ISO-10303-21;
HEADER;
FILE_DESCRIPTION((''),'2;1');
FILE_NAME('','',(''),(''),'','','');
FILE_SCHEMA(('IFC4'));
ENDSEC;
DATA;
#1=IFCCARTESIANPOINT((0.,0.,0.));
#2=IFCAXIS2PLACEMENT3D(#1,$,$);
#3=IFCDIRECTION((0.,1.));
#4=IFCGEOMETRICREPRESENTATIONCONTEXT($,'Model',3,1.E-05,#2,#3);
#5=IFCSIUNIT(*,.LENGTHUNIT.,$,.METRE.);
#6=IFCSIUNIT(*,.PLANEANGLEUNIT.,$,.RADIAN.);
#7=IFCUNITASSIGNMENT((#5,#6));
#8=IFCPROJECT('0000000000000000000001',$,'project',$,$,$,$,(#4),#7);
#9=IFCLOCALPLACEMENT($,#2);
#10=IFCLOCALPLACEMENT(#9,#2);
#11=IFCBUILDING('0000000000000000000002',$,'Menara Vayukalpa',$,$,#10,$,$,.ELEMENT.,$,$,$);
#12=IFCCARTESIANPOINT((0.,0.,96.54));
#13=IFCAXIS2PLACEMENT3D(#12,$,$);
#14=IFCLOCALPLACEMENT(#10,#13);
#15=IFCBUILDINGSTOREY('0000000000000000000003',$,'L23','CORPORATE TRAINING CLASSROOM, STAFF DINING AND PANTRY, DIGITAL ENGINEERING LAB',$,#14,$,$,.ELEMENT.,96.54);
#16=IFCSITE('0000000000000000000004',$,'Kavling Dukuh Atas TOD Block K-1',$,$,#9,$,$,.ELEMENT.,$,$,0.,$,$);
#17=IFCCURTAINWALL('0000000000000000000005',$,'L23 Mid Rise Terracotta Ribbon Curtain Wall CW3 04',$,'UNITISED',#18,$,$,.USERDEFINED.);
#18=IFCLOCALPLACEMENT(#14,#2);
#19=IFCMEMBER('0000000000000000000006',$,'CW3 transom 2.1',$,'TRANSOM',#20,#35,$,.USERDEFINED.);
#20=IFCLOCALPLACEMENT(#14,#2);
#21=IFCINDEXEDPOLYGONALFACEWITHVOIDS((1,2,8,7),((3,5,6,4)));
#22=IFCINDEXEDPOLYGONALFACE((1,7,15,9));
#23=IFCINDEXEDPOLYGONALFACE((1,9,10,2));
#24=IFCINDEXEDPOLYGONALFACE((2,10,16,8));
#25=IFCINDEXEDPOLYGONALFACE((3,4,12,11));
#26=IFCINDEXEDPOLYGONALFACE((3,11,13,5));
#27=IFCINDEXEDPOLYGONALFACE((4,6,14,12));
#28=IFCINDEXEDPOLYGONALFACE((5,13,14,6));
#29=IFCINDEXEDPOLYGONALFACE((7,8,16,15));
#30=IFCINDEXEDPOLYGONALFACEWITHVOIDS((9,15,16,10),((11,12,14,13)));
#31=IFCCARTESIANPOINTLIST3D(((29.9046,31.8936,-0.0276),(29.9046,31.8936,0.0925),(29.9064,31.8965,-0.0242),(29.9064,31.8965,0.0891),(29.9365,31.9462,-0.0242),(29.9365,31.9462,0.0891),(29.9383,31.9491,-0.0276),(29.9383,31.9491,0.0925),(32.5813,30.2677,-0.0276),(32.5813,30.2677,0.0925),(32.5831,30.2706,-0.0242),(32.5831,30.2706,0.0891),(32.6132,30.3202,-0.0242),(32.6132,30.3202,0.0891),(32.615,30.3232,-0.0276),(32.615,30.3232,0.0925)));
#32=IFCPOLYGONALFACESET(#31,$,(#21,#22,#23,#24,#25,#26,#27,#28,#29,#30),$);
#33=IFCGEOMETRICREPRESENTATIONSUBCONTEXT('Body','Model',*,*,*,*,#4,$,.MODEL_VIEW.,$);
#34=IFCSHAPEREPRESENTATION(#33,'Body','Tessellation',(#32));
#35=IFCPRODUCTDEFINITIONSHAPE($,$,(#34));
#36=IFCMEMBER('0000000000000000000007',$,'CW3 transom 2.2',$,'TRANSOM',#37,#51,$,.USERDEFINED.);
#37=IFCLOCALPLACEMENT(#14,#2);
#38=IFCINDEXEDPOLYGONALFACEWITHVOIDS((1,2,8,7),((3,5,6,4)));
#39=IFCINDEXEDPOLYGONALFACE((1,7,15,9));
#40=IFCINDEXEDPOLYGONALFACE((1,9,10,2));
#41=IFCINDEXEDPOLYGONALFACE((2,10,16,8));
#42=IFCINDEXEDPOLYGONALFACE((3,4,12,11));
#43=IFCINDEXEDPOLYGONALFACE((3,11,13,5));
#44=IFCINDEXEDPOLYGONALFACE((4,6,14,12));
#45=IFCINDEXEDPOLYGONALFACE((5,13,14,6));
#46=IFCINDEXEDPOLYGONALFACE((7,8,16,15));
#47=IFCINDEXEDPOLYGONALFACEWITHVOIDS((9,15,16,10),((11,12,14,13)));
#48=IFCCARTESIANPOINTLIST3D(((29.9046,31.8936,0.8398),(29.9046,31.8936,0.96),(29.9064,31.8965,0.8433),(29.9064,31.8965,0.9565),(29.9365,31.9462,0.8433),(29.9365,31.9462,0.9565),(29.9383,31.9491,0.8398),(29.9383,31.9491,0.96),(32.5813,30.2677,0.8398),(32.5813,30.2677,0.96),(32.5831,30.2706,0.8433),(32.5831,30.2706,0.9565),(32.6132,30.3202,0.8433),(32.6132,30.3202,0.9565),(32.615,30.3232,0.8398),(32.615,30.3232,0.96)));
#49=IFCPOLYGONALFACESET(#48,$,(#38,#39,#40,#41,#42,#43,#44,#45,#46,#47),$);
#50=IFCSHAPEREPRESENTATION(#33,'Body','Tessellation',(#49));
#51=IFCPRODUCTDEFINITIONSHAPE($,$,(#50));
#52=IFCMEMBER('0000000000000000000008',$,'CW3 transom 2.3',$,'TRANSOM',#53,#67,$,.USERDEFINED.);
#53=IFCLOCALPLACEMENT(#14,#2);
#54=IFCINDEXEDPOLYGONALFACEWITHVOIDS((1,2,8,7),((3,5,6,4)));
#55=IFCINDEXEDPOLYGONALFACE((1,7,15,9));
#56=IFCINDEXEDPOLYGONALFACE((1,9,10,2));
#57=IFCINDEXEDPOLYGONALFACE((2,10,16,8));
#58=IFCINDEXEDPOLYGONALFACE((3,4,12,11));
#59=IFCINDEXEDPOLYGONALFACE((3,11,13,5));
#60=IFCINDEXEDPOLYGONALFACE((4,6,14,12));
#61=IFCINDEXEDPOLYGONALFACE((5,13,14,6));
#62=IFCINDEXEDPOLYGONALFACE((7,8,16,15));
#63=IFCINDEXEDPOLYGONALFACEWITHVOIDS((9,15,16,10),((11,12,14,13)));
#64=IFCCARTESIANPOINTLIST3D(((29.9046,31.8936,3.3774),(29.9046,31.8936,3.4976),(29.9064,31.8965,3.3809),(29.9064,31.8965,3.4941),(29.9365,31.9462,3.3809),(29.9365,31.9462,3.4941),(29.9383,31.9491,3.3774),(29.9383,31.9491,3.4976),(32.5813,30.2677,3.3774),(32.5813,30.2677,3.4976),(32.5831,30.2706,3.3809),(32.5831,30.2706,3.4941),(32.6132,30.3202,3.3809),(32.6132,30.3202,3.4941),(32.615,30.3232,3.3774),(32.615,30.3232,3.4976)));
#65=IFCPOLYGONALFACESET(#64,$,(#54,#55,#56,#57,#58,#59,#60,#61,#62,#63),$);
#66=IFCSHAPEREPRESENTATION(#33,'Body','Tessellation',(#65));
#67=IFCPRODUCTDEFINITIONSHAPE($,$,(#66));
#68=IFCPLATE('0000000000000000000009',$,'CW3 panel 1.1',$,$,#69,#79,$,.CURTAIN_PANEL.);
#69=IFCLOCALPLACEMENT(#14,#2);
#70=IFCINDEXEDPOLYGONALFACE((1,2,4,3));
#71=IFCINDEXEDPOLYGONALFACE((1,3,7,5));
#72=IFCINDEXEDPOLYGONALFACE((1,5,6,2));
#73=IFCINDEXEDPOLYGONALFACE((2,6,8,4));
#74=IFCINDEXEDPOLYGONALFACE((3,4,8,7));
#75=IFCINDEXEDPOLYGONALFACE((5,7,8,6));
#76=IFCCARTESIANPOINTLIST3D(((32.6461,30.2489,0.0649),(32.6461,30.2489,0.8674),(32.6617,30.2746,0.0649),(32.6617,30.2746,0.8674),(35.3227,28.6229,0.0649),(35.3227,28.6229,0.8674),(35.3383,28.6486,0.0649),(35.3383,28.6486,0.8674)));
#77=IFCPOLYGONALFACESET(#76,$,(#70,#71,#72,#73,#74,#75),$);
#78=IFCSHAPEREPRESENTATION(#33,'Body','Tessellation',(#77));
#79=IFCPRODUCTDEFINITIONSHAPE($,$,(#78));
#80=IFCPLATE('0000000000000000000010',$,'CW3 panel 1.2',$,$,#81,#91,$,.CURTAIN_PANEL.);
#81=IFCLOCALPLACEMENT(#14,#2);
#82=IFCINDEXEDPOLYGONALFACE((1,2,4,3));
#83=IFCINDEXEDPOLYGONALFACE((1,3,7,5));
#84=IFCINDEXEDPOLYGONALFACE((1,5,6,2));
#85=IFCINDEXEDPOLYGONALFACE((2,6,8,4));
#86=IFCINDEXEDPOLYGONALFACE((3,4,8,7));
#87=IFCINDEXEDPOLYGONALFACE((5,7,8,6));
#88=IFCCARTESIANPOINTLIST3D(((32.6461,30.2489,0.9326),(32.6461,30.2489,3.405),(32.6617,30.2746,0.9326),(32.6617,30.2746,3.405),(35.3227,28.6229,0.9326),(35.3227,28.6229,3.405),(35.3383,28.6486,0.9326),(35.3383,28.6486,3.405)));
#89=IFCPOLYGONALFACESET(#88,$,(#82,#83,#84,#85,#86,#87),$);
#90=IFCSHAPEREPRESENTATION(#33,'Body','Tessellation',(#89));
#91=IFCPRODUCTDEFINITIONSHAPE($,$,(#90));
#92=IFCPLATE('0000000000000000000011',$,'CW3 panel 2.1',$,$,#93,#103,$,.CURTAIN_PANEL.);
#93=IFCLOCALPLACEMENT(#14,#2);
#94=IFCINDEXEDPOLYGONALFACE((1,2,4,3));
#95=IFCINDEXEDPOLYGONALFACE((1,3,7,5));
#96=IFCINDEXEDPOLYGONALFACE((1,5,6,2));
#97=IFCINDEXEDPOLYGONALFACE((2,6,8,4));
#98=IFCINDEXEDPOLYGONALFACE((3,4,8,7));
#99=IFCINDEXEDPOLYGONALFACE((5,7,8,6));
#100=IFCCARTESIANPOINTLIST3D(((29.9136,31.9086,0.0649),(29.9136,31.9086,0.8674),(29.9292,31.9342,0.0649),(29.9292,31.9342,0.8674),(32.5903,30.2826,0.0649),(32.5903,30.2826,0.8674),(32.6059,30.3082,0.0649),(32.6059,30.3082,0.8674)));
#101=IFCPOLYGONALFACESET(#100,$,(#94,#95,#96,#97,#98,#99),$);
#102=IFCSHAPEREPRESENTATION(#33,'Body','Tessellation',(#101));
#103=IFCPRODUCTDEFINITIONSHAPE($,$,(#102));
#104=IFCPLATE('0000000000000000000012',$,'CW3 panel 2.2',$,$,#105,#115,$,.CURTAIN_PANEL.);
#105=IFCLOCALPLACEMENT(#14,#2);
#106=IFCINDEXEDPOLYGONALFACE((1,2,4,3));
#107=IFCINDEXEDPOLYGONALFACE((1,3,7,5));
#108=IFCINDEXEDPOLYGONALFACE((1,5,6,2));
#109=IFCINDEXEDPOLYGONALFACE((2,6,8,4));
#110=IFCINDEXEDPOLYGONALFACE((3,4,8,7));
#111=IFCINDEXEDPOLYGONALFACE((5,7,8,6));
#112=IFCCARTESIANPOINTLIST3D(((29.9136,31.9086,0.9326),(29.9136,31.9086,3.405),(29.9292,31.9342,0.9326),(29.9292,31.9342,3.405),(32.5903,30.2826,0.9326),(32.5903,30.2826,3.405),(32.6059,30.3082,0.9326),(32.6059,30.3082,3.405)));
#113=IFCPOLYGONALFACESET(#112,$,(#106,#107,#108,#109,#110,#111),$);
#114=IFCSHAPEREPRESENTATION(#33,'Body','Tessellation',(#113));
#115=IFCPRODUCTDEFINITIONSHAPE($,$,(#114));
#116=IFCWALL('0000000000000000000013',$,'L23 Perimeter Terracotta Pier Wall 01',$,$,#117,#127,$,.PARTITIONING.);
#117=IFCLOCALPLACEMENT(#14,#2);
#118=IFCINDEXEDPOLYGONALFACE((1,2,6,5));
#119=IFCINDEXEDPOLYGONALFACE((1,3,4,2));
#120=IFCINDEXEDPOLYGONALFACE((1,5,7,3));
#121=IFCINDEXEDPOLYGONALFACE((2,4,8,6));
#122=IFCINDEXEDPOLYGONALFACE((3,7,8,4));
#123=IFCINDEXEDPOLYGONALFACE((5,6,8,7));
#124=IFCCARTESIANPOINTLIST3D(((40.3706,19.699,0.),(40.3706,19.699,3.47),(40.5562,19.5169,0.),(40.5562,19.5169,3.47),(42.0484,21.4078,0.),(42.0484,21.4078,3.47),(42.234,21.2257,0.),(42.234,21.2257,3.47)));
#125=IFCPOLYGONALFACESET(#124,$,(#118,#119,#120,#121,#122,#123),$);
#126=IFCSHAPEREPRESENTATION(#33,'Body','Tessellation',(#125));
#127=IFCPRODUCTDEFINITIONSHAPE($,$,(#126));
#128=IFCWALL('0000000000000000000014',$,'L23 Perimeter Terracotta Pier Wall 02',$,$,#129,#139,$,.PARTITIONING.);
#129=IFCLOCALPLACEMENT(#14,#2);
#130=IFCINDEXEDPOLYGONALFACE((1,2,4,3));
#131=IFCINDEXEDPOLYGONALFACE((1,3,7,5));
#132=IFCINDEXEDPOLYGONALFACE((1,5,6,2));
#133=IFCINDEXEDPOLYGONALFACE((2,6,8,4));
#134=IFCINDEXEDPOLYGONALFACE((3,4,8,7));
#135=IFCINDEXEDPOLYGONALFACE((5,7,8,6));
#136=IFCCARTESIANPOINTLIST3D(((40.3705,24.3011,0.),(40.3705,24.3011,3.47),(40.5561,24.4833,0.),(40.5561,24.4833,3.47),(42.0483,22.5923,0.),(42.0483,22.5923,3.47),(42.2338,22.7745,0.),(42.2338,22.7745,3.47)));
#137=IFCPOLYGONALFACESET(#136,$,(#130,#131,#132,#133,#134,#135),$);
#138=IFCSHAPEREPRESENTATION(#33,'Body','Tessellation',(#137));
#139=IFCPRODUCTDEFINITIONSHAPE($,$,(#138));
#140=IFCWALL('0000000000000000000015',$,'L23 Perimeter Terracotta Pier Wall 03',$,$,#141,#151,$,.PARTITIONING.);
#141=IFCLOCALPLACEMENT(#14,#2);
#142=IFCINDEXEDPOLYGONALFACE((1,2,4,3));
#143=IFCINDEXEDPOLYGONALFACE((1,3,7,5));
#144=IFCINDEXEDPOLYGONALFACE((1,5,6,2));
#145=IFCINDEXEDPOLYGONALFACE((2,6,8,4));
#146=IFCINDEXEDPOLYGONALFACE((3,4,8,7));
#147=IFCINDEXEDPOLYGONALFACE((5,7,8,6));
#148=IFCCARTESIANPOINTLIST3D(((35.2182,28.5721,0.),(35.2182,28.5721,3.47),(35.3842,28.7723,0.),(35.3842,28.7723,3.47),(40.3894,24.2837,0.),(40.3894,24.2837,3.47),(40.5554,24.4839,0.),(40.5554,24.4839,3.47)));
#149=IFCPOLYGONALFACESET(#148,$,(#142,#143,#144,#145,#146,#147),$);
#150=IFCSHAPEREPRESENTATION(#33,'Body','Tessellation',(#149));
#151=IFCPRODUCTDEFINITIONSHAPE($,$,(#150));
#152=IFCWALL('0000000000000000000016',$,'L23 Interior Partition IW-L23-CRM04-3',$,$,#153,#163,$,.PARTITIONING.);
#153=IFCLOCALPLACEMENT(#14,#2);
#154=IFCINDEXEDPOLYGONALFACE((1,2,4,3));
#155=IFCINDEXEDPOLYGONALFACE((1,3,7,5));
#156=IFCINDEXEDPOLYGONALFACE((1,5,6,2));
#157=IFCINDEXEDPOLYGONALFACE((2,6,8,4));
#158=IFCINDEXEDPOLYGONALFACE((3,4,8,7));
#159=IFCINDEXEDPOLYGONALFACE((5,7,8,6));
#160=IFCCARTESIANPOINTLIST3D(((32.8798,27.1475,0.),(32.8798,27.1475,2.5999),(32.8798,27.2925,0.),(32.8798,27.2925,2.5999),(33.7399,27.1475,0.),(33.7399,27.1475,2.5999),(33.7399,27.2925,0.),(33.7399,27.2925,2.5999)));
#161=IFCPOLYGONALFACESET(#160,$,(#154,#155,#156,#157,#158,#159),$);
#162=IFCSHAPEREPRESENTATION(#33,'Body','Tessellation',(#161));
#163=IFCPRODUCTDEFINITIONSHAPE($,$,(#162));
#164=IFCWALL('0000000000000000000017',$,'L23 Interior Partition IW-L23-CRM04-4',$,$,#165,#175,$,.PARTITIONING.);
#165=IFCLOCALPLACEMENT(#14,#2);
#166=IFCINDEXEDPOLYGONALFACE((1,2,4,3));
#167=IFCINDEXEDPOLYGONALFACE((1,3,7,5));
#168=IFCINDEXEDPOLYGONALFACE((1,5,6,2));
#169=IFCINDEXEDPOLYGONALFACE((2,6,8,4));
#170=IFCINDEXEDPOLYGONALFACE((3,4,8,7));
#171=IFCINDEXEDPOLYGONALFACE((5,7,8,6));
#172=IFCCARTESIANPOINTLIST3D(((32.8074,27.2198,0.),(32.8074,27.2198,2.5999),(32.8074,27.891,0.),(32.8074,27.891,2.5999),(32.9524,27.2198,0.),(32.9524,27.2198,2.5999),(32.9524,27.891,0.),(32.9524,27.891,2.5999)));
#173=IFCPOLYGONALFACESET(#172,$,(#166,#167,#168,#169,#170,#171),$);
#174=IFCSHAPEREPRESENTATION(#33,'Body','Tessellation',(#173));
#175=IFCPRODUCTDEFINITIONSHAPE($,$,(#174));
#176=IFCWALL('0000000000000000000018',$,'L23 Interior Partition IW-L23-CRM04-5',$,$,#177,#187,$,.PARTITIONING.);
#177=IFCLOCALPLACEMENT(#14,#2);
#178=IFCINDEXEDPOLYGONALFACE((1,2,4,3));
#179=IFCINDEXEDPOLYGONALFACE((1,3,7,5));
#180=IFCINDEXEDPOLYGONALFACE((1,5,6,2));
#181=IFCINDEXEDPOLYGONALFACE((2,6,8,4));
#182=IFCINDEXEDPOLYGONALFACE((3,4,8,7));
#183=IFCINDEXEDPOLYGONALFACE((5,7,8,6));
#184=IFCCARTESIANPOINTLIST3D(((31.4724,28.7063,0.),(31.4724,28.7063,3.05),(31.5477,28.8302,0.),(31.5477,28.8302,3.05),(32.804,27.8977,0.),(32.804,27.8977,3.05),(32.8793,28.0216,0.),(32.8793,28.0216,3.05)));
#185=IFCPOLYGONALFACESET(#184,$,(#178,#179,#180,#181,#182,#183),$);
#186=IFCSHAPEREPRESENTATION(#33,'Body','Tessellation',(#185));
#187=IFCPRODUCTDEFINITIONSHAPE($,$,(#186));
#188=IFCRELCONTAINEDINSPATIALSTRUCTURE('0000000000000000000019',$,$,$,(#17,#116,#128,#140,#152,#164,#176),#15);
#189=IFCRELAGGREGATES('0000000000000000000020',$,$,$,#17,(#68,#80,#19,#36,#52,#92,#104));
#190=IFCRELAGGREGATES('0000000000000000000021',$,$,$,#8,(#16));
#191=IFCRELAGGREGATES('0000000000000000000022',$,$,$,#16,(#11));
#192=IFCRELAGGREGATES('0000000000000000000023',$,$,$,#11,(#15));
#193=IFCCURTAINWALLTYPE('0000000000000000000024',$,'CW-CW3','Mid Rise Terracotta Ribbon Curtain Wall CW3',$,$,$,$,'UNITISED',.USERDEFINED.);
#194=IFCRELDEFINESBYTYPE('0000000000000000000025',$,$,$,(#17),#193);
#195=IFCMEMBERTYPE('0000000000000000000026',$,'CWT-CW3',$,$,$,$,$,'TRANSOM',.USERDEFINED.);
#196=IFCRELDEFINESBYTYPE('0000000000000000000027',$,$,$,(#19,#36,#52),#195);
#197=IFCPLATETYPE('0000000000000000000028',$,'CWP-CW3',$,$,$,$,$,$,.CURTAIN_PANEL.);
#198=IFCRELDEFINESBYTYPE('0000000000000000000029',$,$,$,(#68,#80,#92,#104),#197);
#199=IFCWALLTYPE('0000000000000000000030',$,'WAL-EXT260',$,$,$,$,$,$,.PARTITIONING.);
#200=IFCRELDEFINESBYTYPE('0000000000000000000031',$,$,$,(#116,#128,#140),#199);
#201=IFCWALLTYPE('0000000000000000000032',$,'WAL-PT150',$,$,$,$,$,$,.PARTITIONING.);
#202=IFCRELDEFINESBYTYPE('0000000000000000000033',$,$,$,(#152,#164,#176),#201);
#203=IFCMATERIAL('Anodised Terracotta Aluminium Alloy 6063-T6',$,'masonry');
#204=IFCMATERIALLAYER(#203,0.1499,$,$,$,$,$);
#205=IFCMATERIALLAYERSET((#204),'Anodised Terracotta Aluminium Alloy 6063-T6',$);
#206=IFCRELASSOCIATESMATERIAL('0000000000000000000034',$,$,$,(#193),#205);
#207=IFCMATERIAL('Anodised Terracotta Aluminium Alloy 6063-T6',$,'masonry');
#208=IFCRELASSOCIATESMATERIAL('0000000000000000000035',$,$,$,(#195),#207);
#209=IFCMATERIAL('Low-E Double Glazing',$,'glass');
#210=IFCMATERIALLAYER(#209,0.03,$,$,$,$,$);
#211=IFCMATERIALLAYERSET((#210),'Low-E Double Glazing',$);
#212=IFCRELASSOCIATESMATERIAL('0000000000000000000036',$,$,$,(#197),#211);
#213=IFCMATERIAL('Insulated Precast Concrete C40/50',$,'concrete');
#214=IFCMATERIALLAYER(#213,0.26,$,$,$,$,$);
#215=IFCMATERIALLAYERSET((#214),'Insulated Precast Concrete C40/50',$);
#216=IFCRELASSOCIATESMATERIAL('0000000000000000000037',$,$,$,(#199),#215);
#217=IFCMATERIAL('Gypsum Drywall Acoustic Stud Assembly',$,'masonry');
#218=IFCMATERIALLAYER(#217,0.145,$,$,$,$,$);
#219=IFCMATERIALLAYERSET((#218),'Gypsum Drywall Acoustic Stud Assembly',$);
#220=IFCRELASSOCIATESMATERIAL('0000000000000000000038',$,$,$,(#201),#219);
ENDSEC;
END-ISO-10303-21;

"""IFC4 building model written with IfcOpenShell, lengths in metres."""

from ifc_helpers import new_model, si_unit, direction, frame, frame_2d, origin, origin_2d, place, context, subcontext, project, spatial, rectangle, hollow_rectangle, extrude, material, layer, layer_set, material_profile, profile_set, type_object, element, aggregate, save


model = new_model("IFC4")

# Units and contexts
model_context = context("Model", 3, precision=1e-05, world=origin(), true_north=direction((0.0, 1.0)))
body_context = subcontext(model_context, "Body", "Model", "MODEL_VIEW")
ifc_project = project(units=[si_unit("LENGTHUNIT", "METRE"), si_unit("PLANEANGLEUNIT", "RADIAN")], contexts=[model_context])

# Site, building, storey
site_placement = place(None, origin())
site = spatial("IfcSite", under=ifc_project, at=site_placement, Name="Kavling Dukuh Atas TOD Block K-1", CompositionType="ELEMENT", RefElevation=0.0)
building_placement = place(site_placement, origin())
building = spatial("IfcBuilding", under=site, at=building_placement, Name="Menara Vayukalpa", CompositionType="ELEMENT")
storey_placement = place(building_placement, frame((0.0, 0.0, 96.54)))
storey = spatial("IfcBuildingStorey", under=building, at=storey_placement, Name="L23", Description="CORPORATE TRAINING CLASSROOM, STAFF DINING AND PANTRY, DIGITAL ENGINEERING LAB", CompositionType="ELEMENT", Elevation=96.54)

# Curtain wall, members, plates
ifc_material_1 = material(Name="Anodised Terracotta Aluminium Alloy 6063-T6", Category="masonry")
ifc_layer_1 = layer(ifc_material_1, 0.1499)
ifc_layer_set_1 = layer_set([ifc_layer_1], Name="Anodised Terracotta Aluminium Alloy 6063-T6")
curtain_wall_type = type_object("IfcCurtainWallType", Name="CW-CW3", Description="Mid Rise Terracotta Ribbon Curtain Wall CW3", ElementType="UNITISED", PredefinedType="USERDEFINED", material=ifc_layer_set_1)
curtain_wall_placement = place(storey_placement, origin())
curtain_wall = element("IfcCurtainWall", 1, at=curtain_wall_placement, inside=storey, type_object=curtain_wall_type, Name="L23 Mid Rise Terracotta Ribbon Curtain Wall CW3 04", ObjectType="UNITISED", PredefinedType="USERDEFINED")
ifc_material_2 = material(Name="Anodised Terracotta Aluminium Alloy 6063-T6", Category="masonry")
ifc_material_profile_1 = material_profile(ifc_material_2, hollow_rectangle(XDim=0.0649, YDim=0.1201, WallThickness=0.0034, at=origin_2d()), Name="ALU 65x120x3.5")
ifc_profile_set_1 = profile_set([ifc_material_profile_1], Name="Anodised Terracotta Aluminium Alloy 6063-T6")
member_type_1 = type_object("IfcMemberType", Name="CWT-CW3", ElementType="TRANSOM", PredefinedType="USERDEFINED", material=ifc_profile_set_1)
member_1_placement = place(storey_placement, frame((32.5981, 30.2954, 0.0325), z_axis=(-0.854674, 0.519165, 0.0), x_axis=(-0.519165, -0.854674, 0.0)))
member_1 = element("IfcMember", 2, at=member_1_placement, type_object=member_type_1, Name="CW3 transom 2.1", ObjectType="TRANSOM", PredefinedType="USERDEFINED", context=body_context, shape_type="SweptSolid", body=[
    extrude(hollow_rectangle(XDim=0.0649, YDim=0.1201, WallThickness=0.0034, at=origin_2d()), origin(), (0.0, 0.0, 1.0), 3.1318),
])
member_2_placement = place(storey_placement, frame((32.5981, 30.2954, 0.8999), z_axis=(-0.854674, 0.519165, 0.0), x_axis=(-0.519165, -0.854674, 0.0)))
member_2 = element("IfcMember", 3, at=member_2_placement, type_object=member_type_1, Name="CW3 transom 2.2", ObjectType="TRANSOM", PredefinedType="USERDEFINED", context=body_context, shape_type="SweptSolid", body=[
    extrude(hollow_rectangle(XDim=0.0649, YDim=0.1201, WallThickness=0.0034, at=origin_2d()), origin(), (0.0, 0.0, 1.0), 3.1318),
])
member_3_placement = place(storey_placement, frame((32.5981, 30.2954, 3.4375), z_axis=(-0.854674, 0.519165, 0.0), x_axis=(-0.519165, -0.854674, 0.0)))
member_3 = element("IfcMember", 4, at=member_3_placement, type_object=member_type_1, Name="CW3 transom 2.3", ObjectType="TRANSOM", PredefinedType="USERDEFINED", context=body_context, shape_type="SweptSolid", body=[
    extrude(hollow_rectangle(XDim=0.0649, YDim=0.1201, WallThickness=0.0034, at=origin_2d()), origin(), (0.0, 0.0, 1.0), 3.1318),
])
ifc_material_3 = material(Name="Low-E Double Glazing", Category="glass")
ifc_layer_2 = layer(ifc_material_3, 0.03)
ifc_layer_set_2 = layer_set([ifc_layer_2], Name="Low-E Double Glazing")
plate_type = type_object("IfcPlateType", Name="CWP-CW3", PredefinedType="CURTAIN_PANEL", material=ifc_layer_set_2)
plate_1_placement = place(storey_placement, frame((33.9922, 29.4487, 0.0649), z_axis=(0.0, 0.0, 1.0), x_axis=(-0.854663, 0.519183, 0.0)))
plate_1 = element("IfcPlate", 5, at=plate_1_placement, type_object=plate_type, Name="CW3 panel 1.1", PredefinedType="CURTAIN_PANEL", context=body_context, shape_type="SweptSolid", body=[
    extrude(rectangle(XDim=3.1318, YDim=0.03, at=origin_2d()), origin(), (0.0, 0.0, 1.0), 0.8025),
])
plate_2_placement = place(storey_placement, frame((33.9922, 29.4487, 0.9326), z_axis=(0.0, 0.0, 1.0), x_axis=(-0.854663, 0.519183, 0.0)))
plate_2 = element("IfcPlate", 6, at=plate_2_placement, type_object=plate_type, Name="CW3 panel 1.2", PredefinedType="CURTAIN_PANEL", context=body_context, shape_type="SweptSolid", body=[
    extrude(rectangle(XDim=3.1318, YDim=0.03, at=origin_2d()), origin(), (0.0, 0.0, 1.0), 2.4724),
])
plate_3_placement = place(storey_placement, frame((31.2598, 31.1084, 0.0649), z_axis=(0.0, 0.0, 1.0), x_axis=(-0.854663, 0.519183, 0.0)))
plate_3 = element("IfcPlate", 7, at=plate_3_placement, type_object=plate_type, Name="CW3 panel 2.1", PredefinedType="CURTAIN_PANEL", context=body_context, shape_type="SweptSolid", body=[
    extrude(rectangle(XDim=3.1318, YDim=0.03, at=origin_2d()), origin(), (0.0, 0.0, 1.0), 0.8025),
])
plate_4_placement = place(storey_placement, frame((31.2598, 31.1084, 0.9326), z_axis=(0.0, 0.0, 1.0), x_axis=(-0.854663, 0.519183, 0.0)))
plate_4 = element("IfcPlate", 8, at=plate_4_placement, type_object=plate_type, Name="CW3 panel 2.2", PredefinedType="CURTAIN_PANEL", context=body_context, shape_type="SweptSolid", body=[
    extrude(rectangle(XDim=3.1318, YDim=0.03, at=origin_2d()), origin(), (0.0, 0.0, 1.0), 2.4724),
])
aggregate(curtain_wall, [plate_1, plate_2, member_1, member_2, member_3, plate_3, plate_4])

# Walls
ifc_material_4 = material(Name="Insulated Precast Concrete C40/50", Category="concrete")
ifc_layer_3 = layer(ifc_material_4, 0.26)
ifc_layer_set_3 = layer_set([ifc_layer_3], Name="Insulated Precast Concrete C40/50")
wall_type_1 = type_object("IfcWallType", Name="WAL-EXT260", PredefinedType="PARTITIONING", material=ifc_layer_set_3)
for number, where, z_axis, x_axis, name in (
    (9, (42.1411, 21.3167, 0.0), (0.0, 0.0, 1.0), (-0.700603, -0.713551, 0.0), "L23 Perimeter Terracotta Pier Wall 01"),
    (10, (40.4634, 24.3921, 0.0), (0.0, 0.0, 1.0), (0.700603, -0.713551, 0.0), "L23 Perimeter Terracotta Pier Wall 02"),
):
    element("IfcWall", number, at=place(storey_placement, frame(where, z_axis=z_axis, x_axis=x_axis)), inside=storey, type_object=wall_type_1, Name=name, PredefinedType="PARTITIONING", context=body_context, shape_type="SweptSolid", body=[
        extrude(rectangle(XDim=2.3948, YDim=0.26, at=frame_2d((1.1973, 0.0))), origin(), (0.0, 0.0, 1.0), 3.47),
    ])
wall_1_placement = place(storey_placement, frame((35.3013, 28.6721, 0.0), z_axis=(0.0, 0.0, 1.0), x_axis=(0.769753, -0.638342, 0.0)))
element("IfcWall", 11, at=wall_1_placement, inside=storey, type_object=wall_type_1, Name="L23 Perimeter Terracotta Pier Wall 03", PredefinedType="PARTITIONING", context=body_context, shape_type="SweptSolid", body=[
    extrude(rectangle(XDim=6.718, YDim=0.26, at=frame_2d((3.3589, 0.0))), origin(), (0.0, 0.0, 1.0), 3.47),
])
ifc_material_5 = material(Name="Gypsum Drywall Acoustic Stud Assembly", Category="masonry")
ifc_layer_4 = layer(ifc_material_5, 0.145)
ifc_layer_set_4 = layer_set([ifc_layer_4], Name="Gypsum Drywall Acoustic Stud Assembly")
wall_type_2 = type_object("IfcWallType", Name="WAL-PT150", PredefinedType="PARTITIONING", material=ifc_layer_set_4)
wall_2_placement = place(storey_placement, frame((33.74, 27.22, 0.0), z_axis=(0.0, 0.0, 1.0), x_axis=(-1.0, 0.0, 0.0)))
element("IfcWall", 12, at=wall_2_placement, inside=storey, type_object=wall_type_2, Name="L23 Interior Partition IW-L23-CRM04-3", PredefinedType="PARTITIONING", context=body_context, shape_type="SweptSolid", body=[
    extrude(rectangle(XDim=0.8601, YDim=0.145, at=frame_2d((0.4302, 0.0))), origin(), (0.0, 0.0, 1.0), 2.5999),
])
wall_3_placement = place(storey_placement, frame((32.8799, 27.22, 0.0), z_axis=(0.0, 0.0, 1.0), x_axis=(0.0, 1.0, 0.0)))
element("IfcWall", 13, at=wall_3_placement, inside=storey, type_object=wall_type_2, Name="L23 Interior Partition IW-L23-CRM04-4", PredefinedType="PARTITIONING", context=body_context, shape_type="SweptSolid", body=[
    extrude(rectangle(XDim=0.6711, YDim=0.145, at=frame_2d((0.3354, 0.0))), origin(), (0.0, 0.0, 1.0), 2.5999),
])
wall_4_placement = place(storey_placement, frame((32.8416, 27.9597, 0.0), z_axis=(0.0, 0.0, 1.0), x_axis=(-0.854743, 0.519052, 0.0)))
element("IfcWall", 14, at=wall_4_placement, inside=storey, type_object=wall_type_2, Name="L23 Interior Partition IW-L23-CRM04-5", PredefinedType="PARTITIONING", context=body_context, shape_type="SweptSolid", body=[
    extrude(rectangle(XDim=1.5579, YDim=0.145, at=frame_2d((0.7788, 0.0))), origin(), (0.0, 0.0, 1.0), 3.05),
])

save(model, "model.ifc")
